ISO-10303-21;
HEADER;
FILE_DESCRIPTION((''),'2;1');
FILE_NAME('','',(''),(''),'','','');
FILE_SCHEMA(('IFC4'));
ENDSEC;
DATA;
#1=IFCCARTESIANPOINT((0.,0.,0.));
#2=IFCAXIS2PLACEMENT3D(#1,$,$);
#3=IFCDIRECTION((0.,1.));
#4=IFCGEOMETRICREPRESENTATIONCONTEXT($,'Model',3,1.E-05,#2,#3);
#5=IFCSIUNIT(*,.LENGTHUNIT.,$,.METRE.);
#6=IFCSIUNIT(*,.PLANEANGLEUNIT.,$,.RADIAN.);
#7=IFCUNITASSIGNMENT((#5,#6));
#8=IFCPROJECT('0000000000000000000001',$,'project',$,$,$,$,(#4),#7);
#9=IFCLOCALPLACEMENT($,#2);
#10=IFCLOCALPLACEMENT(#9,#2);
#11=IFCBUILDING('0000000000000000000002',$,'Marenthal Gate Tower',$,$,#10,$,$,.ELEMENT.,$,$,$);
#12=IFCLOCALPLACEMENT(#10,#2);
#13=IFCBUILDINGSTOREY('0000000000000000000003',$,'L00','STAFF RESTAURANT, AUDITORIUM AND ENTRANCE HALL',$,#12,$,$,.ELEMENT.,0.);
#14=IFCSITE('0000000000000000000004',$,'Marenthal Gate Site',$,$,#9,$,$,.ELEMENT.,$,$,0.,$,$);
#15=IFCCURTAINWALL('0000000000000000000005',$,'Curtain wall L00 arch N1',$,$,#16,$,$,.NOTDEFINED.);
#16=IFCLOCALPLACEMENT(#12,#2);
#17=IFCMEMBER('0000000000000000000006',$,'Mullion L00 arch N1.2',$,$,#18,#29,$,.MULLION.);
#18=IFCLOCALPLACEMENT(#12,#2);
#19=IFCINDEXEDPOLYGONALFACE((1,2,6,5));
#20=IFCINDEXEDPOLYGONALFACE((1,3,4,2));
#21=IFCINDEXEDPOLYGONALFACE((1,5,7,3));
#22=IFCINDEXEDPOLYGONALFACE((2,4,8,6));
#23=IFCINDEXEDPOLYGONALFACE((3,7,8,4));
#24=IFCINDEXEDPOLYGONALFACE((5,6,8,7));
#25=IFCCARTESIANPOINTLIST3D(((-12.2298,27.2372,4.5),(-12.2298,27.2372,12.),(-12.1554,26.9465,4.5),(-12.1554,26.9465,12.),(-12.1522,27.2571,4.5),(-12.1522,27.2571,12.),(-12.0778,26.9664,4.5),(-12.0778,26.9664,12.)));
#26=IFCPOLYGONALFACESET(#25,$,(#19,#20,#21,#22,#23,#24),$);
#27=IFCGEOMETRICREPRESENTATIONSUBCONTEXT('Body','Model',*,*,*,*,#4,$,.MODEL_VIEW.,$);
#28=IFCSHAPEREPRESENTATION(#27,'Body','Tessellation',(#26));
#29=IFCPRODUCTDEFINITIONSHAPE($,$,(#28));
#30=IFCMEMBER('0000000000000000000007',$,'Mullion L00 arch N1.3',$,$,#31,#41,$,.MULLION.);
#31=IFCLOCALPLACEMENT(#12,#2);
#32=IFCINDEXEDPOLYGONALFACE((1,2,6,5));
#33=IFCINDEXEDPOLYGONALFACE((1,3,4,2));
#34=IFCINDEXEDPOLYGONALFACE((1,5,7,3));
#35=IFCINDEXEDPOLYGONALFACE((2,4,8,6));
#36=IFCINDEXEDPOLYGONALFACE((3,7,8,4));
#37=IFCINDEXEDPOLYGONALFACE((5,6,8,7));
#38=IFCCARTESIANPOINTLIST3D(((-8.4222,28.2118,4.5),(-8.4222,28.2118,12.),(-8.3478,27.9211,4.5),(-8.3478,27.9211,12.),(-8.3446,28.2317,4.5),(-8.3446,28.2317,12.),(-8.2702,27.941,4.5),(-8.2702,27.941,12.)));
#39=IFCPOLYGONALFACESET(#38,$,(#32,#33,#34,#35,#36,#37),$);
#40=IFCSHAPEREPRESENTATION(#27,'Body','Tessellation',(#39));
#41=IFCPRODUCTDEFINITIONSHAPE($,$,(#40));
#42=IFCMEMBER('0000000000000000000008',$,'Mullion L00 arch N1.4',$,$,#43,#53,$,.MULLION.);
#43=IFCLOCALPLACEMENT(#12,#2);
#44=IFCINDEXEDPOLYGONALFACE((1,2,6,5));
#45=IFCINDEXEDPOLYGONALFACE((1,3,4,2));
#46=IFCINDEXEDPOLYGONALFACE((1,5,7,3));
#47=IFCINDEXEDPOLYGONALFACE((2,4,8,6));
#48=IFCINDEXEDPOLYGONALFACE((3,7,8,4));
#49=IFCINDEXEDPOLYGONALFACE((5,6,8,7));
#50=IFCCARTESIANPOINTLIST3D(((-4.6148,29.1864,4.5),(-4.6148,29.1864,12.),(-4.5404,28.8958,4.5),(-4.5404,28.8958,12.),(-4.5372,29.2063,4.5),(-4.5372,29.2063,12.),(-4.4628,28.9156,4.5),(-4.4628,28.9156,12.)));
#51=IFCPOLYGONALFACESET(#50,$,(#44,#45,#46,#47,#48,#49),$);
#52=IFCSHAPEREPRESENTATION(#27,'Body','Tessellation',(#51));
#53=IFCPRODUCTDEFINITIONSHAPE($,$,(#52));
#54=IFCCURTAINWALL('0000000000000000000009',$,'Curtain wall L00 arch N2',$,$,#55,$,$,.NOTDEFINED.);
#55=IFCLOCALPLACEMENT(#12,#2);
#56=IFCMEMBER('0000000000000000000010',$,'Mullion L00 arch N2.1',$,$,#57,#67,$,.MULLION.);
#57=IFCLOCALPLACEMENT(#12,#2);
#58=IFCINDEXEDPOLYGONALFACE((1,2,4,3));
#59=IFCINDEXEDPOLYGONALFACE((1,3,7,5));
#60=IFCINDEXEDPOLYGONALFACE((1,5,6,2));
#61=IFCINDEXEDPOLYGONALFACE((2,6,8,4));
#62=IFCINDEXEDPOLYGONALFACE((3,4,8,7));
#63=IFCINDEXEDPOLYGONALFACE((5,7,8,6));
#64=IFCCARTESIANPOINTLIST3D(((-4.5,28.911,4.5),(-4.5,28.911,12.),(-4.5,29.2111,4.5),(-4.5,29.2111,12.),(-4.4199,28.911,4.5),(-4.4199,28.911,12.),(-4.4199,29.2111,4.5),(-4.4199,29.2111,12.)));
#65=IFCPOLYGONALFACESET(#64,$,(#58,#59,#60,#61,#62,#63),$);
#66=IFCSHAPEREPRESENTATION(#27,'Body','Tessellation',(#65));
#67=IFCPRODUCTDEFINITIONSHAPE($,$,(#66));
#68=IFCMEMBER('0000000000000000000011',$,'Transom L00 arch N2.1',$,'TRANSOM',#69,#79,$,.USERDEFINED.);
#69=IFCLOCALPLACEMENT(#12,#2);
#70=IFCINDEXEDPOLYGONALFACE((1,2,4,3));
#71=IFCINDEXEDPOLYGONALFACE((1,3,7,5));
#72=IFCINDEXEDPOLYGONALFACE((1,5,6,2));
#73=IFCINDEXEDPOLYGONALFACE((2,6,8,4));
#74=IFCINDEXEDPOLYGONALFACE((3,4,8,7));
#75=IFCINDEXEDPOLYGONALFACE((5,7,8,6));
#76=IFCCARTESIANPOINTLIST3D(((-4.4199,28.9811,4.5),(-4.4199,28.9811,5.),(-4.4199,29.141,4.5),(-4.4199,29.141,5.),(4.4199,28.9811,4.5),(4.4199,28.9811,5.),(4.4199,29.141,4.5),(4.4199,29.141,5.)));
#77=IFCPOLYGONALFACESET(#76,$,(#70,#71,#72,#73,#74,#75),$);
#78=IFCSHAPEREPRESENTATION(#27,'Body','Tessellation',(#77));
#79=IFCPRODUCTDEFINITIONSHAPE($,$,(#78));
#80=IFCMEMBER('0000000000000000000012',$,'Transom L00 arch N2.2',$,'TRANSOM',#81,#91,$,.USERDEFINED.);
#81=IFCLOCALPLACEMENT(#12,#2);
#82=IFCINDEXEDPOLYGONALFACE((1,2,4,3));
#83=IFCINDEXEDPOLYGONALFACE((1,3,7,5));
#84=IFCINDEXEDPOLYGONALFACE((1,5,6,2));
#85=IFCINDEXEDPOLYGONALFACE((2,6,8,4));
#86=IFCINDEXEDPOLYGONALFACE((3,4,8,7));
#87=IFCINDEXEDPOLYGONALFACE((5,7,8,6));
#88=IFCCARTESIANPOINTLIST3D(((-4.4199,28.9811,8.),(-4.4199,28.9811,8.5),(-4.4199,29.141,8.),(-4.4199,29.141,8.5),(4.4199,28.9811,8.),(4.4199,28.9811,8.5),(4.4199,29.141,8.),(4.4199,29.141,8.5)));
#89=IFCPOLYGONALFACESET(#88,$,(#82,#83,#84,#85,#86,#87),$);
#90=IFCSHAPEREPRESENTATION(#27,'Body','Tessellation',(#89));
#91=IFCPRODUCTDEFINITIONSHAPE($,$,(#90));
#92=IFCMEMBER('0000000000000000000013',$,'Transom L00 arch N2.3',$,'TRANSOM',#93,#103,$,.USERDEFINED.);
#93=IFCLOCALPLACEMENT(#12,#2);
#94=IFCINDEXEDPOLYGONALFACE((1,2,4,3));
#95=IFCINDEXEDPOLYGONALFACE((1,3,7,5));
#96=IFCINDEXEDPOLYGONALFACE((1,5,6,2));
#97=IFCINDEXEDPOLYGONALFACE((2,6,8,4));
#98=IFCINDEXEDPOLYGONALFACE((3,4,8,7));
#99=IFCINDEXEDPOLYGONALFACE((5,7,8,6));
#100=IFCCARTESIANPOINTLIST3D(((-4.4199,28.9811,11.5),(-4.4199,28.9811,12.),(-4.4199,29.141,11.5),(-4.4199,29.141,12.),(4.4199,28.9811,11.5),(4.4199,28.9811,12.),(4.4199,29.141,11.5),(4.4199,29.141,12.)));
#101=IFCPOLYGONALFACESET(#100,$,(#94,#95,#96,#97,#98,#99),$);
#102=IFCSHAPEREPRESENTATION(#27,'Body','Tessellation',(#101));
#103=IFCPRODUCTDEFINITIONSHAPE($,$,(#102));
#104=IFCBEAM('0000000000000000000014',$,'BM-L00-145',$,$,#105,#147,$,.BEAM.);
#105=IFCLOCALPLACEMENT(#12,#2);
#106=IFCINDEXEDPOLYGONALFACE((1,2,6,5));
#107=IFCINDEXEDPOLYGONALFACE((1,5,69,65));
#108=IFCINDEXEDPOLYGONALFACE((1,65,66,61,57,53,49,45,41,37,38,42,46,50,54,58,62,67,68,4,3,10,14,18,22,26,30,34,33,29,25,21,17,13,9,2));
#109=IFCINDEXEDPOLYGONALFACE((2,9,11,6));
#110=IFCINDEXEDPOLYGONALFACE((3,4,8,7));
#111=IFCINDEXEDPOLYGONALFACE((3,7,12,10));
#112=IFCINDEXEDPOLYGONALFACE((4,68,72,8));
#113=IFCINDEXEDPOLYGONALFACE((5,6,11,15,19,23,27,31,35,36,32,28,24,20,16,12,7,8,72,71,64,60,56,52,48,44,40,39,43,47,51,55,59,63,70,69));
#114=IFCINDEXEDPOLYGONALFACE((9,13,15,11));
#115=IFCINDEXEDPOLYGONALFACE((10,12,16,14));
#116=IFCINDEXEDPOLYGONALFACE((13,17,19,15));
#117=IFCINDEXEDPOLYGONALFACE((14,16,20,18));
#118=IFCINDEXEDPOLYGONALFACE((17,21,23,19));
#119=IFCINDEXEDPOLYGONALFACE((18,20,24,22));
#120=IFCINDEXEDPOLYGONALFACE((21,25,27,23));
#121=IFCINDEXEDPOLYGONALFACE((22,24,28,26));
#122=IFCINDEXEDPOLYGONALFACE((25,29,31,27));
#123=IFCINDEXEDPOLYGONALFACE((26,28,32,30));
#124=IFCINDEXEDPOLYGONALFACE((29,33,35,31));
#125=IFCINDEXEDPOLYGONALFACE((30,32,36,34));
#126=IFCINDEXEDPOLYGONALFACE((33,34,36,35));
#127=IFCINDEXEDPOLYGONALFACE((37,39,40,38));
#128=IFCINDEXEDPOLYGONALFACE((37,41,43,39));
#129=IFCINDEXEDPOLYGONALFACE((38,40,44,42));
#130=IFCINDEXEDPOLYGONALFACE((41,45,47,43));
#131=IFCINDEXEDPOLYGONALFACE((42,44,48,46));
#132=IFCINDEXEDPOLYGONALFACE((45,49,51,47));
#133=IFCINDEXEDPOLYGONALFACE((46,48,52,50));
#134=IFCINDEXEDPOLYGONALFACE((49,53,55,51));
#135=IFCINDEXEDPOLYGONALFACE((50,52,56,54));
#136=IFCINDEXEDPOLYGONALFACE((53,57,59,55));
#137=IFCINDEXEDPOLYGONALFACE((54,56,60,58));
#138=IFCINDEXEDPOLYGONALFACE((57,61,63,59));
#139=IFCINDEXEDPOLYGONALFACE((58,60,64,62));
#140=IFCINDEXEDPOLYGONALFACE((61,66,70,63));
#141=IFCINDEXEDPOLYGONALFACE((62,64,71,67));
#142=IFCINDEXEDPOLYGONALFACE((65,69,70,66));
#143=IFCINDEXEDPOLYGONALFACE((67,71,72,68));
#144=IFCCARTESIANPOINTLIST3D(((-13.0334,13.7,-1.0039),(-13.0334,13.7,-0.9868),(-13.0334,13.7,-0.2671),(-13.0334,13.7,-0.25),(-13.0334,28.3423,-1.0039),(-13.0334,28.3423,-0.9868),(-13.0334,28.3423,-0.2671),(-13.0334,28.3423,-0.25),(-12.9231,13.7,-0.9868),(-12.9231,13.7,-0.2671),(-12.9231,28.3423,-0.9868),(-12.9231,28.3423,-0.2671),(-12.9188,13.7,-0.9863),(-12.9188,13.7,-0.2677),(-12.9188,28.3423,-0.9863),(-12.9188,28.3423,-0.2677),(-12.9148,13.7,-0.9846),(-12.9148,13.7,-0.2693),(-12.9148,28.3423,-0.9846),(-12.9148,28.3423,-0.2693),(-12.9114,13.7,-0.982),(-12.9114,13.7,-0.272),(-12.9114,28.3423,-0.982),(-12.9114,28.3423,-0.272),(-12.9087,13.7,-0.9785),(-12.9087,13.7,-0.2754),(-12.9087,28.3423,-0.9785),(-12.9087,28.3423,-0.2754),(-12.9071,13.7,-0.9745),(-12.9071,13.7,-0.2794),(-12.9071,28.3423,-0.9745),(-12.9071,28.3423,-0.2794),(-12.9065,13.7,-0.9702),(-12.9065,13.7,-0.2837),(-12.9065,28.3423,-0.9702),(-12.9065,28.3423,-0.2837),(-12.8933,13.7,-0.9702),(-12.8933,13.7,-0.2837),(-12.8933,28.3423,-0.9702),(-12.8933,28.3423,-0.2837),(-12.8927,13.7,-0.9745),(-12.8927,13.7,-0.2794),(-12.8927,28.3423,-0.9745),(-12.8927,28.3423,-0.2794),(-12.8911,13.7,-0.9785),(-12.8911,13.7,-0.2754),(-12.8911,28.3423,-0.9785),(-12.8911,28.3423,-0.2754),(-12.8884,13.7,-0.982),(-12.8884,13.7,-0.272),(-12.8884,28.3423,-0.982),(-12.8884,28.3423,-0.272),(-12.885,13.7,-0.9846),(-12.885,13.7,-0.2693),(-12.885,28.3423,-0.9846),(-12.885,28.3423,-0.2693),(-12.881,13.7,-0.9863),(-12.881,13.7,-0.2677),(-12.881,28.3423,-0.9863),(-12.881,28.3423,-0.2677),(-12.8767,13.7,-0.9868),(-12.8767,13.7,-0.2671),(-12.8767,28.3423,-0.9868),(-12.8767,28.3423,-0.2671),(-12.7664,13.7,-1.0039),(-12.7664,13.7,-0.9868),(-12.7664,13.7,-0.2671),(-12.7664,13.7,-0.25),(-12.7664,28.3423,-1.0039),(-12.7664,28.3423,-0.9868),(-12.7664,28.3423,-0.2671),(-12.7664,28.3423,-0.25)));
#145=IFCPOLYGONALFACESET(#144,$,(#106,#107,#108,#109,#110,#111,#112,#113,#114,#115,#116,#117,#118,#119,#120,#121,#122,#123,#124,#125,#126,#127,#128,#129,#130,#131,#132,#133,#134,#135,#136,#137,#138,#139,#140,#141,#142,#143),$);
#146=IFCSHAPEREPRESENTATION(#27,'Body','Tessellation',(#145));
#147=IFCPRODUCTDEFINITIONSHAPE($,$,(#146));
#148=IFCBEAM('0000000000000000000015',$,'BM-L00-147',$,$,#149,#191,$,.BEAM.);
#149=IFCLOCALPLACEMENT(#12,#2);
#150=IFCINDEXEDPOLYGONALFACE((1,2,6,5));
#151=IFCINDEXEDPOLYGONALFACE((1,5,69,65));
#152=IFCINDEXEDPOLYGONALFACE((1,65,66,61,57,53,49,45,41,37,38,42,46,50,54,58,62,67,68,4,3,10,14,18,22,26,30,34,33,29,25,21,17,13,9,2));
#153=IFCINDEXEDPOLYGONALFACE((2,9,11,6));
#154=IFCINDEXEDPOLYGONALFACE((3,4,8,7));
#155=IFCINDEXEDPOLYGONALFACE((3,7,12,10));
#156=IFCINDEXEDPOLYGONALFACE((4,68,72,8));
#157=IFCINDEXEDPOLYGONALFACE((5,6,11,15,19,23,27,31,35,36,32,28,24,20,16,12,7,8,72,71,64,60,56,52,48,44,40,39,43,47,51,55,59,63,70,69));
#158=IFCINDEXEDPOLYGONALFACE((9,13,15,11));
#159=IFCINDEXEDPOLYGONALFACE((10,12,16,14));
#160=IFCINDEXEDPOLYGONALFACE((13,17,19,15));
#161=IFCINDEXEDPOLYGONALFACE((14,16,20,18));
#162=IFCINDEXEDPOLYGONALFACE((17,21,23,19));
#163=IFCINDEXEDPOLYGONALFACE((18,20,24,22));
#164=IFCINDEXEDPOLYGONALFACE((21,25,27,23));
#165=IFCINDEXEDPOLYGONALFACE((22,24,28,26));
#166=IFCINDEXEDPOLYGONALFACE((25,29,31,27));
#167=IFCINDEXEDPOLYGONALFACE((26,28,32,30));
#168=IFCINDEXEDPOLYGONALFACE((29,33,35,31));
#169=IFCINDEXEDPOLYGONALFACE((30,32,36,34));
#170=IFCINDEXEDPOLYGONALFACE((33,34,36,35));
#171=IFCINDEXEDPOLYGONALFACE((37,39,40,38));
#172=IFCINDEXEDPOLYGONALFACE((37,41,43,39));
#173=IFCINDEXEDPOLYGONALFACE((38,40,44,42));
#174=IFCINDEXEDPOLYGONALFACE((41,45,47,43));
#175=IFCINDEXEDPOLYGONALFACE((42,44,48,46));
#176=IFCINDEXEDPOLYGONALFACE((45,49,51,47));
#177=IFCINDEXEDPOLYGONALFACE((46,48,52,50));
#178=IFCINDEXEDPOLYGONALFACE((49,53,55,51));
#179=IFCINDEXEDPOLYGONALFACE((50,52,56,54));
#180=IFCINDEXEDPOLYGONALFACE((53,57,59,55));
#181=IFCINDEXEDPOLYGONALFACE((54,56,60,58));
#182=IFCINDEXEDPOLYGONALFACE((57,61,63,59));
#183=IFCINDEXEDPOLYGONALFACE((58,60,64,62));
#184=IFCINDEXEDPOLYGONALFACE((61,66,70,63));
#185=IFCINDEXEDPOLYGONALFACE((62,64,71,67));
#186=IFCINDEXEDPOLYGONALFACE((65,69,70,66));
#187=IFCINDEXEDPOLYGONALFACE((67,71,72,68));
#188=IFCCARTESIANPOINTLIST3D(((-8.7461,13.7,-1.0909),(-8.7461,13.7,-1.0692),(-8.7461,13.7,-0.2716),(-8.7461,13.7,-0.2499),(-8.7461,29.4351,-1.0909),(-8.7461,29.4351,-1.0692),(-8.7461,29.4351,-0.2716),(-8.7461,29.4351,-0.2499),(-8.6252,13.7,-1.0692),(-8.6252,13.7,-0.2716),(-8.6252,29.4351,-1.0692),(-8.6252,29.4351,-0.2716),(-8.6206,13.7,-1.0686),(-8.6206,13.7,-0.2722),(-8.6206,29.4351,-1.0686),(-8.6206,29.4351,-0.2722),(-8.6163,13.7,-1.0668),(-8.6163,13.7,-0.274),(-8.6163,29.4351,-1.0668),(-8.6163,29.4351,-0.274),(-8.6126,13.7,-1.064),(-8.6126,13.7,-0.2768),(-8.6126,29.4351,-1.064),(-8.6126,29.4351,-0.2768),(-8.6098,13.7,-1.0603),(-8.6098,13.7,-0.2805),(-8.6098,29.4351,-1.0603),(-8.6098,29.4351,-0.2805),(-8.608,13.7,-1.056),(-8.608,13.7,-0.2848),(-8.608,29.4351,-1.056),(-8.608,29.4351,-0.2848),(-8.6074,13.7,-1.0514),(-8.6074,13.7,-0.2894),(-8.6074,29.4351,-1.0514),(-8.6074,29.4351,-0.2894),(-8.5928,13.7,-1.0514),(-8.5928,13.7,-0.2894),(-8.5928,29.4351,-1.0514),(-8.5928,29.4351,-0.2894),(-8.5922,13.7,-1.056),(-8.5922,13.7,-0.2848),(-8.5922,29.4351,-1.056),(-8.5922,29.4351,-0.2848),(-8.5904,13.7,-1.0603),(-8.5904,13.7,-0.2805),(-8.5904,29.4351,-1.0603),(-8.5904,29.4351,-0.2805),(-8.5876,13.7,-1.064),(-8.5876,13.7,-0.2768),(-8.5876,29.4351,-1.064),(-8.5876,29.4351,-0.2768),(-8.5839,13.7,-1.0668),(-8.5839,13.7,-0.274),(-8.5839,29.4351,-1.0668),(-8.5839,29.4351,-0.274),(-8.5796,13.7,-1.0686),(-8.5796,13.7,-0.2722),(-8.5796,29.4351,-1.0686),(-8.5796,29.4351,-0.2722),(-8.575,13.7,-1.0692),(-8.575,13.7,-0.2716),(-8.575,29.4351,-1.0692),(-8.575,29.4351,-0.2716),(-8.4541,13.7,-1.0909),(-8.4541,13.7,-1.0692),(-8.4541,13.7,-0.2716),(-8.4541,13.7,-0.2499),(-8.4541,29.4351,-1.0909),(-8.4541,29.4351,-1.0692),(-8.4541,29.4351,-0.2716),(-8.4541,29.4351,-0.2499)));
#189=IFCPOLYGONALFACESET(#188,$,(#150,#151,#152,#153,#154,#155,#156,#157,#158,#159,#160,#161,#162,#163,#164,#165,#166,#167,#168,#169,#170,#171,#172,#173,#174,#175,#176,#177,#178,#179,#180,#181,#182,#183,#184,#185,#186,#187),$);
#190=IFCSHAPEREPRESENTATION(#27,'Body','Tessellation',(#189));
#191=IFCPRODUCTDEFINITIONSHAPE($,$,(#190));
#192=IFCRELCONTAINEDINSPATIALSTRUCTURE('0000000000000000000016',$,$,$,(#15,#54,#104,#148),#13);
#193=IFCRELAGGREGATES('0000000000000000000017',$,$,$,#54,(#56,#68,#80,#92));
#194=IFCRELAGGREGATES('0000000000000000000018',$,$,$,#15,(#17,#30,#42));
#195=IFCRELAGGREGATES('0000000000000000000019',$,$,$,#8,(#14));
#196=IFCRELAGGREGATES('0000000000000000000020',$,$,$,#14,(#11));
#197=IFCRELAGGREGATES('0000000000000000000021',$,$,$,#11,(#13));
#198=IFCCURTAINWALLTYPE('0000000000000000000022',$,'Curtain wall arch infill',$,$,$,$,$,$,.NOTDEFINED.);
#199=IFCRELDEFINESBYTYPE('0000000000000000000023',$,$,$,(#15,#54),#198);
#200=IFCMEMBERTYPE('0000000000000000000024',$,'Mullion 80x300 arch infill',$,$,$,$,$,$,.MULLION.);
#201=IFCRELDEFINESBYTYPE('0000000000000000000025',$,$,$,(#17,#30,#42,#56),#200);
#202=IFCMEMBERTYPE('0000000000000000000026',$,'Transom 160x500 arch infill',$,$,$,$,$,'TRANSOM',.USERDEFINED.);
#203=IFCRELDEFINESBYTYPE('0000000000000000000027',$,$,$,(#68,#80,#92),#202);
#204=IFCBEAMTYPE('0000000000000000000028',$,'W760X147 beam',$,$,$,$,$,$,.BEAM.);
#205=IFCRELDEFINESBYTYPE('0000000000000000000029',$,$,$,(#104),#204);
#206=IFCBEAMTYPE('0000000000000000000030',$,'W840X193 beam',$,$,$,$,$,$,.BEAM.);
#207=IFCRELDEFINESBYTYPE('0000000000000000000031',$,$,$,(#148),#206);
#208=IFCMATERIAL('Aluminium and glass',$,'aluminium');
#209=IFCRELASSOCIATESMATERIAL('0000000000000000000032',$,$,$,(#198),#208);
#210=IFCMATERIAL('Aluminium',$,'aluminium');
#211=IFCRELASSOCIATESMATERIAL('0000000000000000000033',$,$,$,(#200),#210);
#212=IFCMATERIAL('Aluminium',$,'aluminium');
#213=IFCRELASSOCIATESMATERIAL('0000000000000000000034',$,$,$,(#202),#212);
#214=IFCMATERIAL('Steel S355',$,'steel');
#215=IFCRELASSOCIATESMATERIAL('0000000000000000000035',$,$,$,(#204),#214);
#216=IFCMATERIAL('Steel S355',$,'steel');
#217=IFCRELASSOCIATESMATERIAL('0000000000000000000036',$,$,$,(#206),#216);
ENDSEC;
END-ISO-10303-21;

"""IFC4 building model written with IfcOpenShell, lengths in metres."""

from ifc_helpers import new_model, si_unit, direction, frame, origin, origin_2d, place, context, subcontext, project, spatial, rectangle, i_section, extrude, material, material_profile, profile_set, type_object, element, aggregate, save


model = new_model("IFC4")

# Units and contexts
model_context = context("Model", 3, precision=1e-05, world=origin(), true_north=direction((0.0, 1.0)))
body_context = subcontext(model_context, "Body", "Model", "MODEL_VIEW")
ifc_project = project(units=[si_unit("LENGTHUNIT", "METRE"), si_unit("PLANEANGLEUNIT", "RADIAN")], contexts=[model_context])

# Site, building, storey
site_placement = place(None, origin())
site = spatial("IfcSite", under=ifc_project, at=site_placement, Name="Marenthal Gate Site", CompositionType="ELEMENT", RefElevation=0.0)
building_placement = place(site_placement, origin())
building = spatial("IfcBuilding", under=site, at=building_placement, Name="Marenthal Gate Tower", CompositionType="ELEMENT")
storey_placement = place(building_placement, origin())
storey = spatial("IfcBuildingStorey", under=building, at=storey_placement, Name="L00", Description="STAFF RESTAURANT, AUDITORIUM AND ENTRANCE HALL", CompositionType="ELEMENT", Elevation=0.0)

# Curtain walls, members
ifc_material_1 = material(Name="Aluminium and glass", Category="aluminium")
curtain_wall_type = type_object("IfcCurtainWallType", Name="Curtain wall arch infill", PredefinedType="NOTDEFINED", material=ifc_material_1)
curtain_wall_1_placement = place(storey_placement, origin())
curtain_wall_1 = element("IfcCurtainWall", 1, at=curtain_wall_1_placement, inside=storey, type_object=curtain_wall_type, Name="Curtain wall L00 arch N1", PredefinedType="NOTDEFINED")
ifc_material_2 = material(Name="Aluminium", Category="aluminium")
ifc_material_profile_1 = material_profile(ifc_material_2, rectangle(XDim=0.3, YDim=0.0801, at=origin_2d()), Name="80x300 aluminium mullion")
ifc_profile_set_1 = profile_set([ifc_material_profile_1], Name="Aluminium")
member_type_1 = type_object("IfcMemberType", Name="Mullion 80x300 arch infill", PredefinedType="MULLION", material=ifc_profile_set_1)
member_1_placement = place(storey_placement, frame((-12.1538, 27.1018, 4.5), z_axis=(0.0, 0.0, 1.0), x_axis=(-0.247965, 0.968769, 0.0)))
member_1 = element("IfcMember", 2, at=member_1_placement, type_object=member_type_1, Name="Mullion L00 arch N1.2", PredefinedType="MULLION", context=body_context, shape_type="SweptSolid", body=[
    extrude(rectangle(XDim=0.3, YDim=0.0801, at=origin_2d()), origin(), (0.0, 0.0, 1.0), 7.5),
])
member_2_placement = place(storey_placement, frame((-8.3462, 28.0764, 4.5), z_axis=(0.0, 0.0, 1.0), x_axis=(-0.247965, 0.968769, 0.0)))
member_2 = element("IfcMember", 3, at=member_2_placement, type_object=member_type_1, Name="Mullion L00 arch N1.3", PredefinedType="MULLION", context=body_context, shape_type="SweptSolid", body=[
    extrude(rectangle(XDim=0.3, YDim=0.0801, at=origin_2d()), origin(), (0.0, 0.0, 1.0), 7.5),
])
member_3_placement = place(storey_placement, frame((-4.5388, 29.051, 4.5), z_axis=(0.0, 0.0, 1.0), x_axis=(-0.247965, 0.968769, 0.0)))
member_3 = element("IfcMember", 4, at=member_3_placement, type_object=member_type_1, Name="Mullion L00 arch N1.4", PredefinedType="MULLION", context=body_context, shape_type="SweptSolid", body=[
    extrude(rectangle(XDim=0.3, YDim=0.0801, at=origin_2d()), origin(), (0.0, 0.0, 1.0), 7.5),
])
curtain_wall_2_placement = place(storey_placement, origin())
curtain_wall_2 = element("IfcCurtainWall", 5, at=curtain_wall_2_placement, inside=storey, type_object=curtain_wall_type, Name="Curtain wall L00 arch N2", PredefinedType="NOTDEFINED")
member_4_placement = place(storey_placement, frame((-4.46, 29.061, 4.5), z_axis=(0.0, 0.0, 1.0), x_axis=(0.0, 1.0, 0.0)))
member_4 = element("IfcMember", 6, at=member_4_placement, type_object=member_type_1, Name="Mullion L00 arch N2.1", PredefinedType="MULLION", context=body_context, shape_type="SweptSolid", body=[
    extrude(rectangle(XDim=0.3, YDim=0.0801, at=origin_2d()), origin(), (0.0, 0.0, 1.0), 7.5),
])
ifc_material_3 = material(Name="Aluminium", Category="aluminium")
ifc_material_profile_2 = material_profile(ifc_material_3, rectangle(XDim=0.1599, YDim=0.5, at=origin_2d()), Name="160x500 aluminium transom")
ifc_profile_set_2 = profile_set([ifc_material_profile_2], Name="Aluminium")
member_type_2 = type_object("IfcMemberType", Name="Transom 160x500 arch infill", ElementType="TRANSOM", PredefinedType="USERDEFINED", material=ifc_profile_set_2)
member_5_placement = place(storey_placement, frame((-4.4199, 29.061, 4.75), z_axis=(1.0, 0.0, 0.0), x_axis=(0.0, 1.0, 0.0)))
member_5 = element("IfcMember", 7, at=member_5_placement, type_object=member_type_2, Name="Transom L00 arch N2.1", ObjectType="TRANSOM", PredefinedType="USERDEFINED", context=body_context, shape_type="SweptSolid", body=[
    extrude(rectangle(XDim=0.1599, YDim=0.5, at=origin_2d()), origin(), (0.0, 0.0, 1.0), 8.8398),
])
member_6_placement = place(storey_placement, frame((-4.4199, 29.061, 8.25), z_axis=(1.0, 0.0, 0.0), x_axis=(0.0, 1.0, 0.0)))
member_6 = element("IfcMember", 8, at=member_6_placement, type_object=member_type_2, Name="Transom L00 arch N2.2", ObjectType="TRANSOM", PredefinedType="USERDEFINED", context=body_context, shape_type="SweptSolid", body=[
    extrude(rectangle(XDim=0.1599, YDim=0.5, at=origin_2d()), origin(), (0.0, 0.0, 1.0), 8.8398),
])
member_7_placement = place(storey_placement, frame((-4.4199, 29.061, 11.75), z_axis=(1.0, 0.0, 0.0), x_axis=(0.0, 1.0, 0.0)))
member_7 = element("IfcMember", 9, at=member_7_placement, type_object=member_type_2, Name="Transom L00 arch N2.3", ObjectType="TRANSOM", PredefinedType="USERDEFINED", context=body_context, shape_type="SweptSolid", body=[
    extrude(rectangle(XDim=0.1599, YDim=0.5, at=origin_2d()), origin(), (0.0, 0.0, 1.0), 8.8398),
])
aggregate(curtain_wall_2, [member_4, member_5, member_6, member_7])

# Beams
ifc_material_4 = material(Name="Steel S355", Category="steel")
ifc_material_profile_3 = material_profile(ifc_material_4, i_section(OverallWidth=0.2671, OverallDepth=0.7539, WebThickness=0.0132, FlangeThickness=0.0171, FilletRadius=0.0166, at=origin_2d()), Name="W760X147")
ifc_profile_set_3 = profile_set([ifc_material_profile_3], Name="Steel S355")
beam_type_1 = type_object("IfcBeamType", Name="W760X147 beam", PredefinedType="BEAM", material=ifc_profile_set_3)
beam_1_placement = place(storey_placement, frame((-12.8999, 13.7, -0.627), z_axis=(0.0, 1.0, 0.0), x_axis=(-1.0, 0.0, 0.0)))
element("IfcBeam", 10, at=beam_1_placement, inside=storey, type_object=beam_type_1, Name="BM-L00-145", PredefinedType="BEAM", context=body_context, shape_type="SweptSolid", body=[
    extrude(i_section(OverallWidth=0.2671, OverallDepth=0.7539, WebThickness=0.0132, FlangeThickness=0.0171, FilletRadius=0.0166, at=origin_2d()), origin(), (0.0, 0.0, 1.0), 14.6423),
])
ifc_material_5 = material(Name="Steel S355", Category="steel")
ifc_material_profile_4 = material_profile(ifc_material_5, i_section(OverallWidth=0.292, OverallDepth=0.8411, WebThickness=0.0146, FlangeThickness=0.0217, FilletRadius=0.0178, at=origin_2d()), Name="W840X193")
ifc_profile_set_4 = profile_set([ifc_material_profile_4], Name="Steel S355")
beam_type_2 = type_object("IfcBeamType", Name="W840X193 beam", PredefinedType="BEAM", material=ifc_profile_set_4)
beam_2_placement = place(storey_placement, frame((-8.6001, 13.7, -0.6704), z_axis=(0.0, 1.0, 0.0), x_axis=(-1.0, 0.0, 0.0)))
element("IfcBeam", 11, at=beam_2_placement, inside=storey, type_object=beam_type_2, Name="BM-L00-147", PredefinedType="BEAM", context=body_context, shape_type="SweptSolid", body=[
    extrude(i_section(OverallWidth=0.292, OverallDepth=0.8411, WebThickness=0.0146, FlangeThickness=0.0217, FilletRadius=0.0178, at=origin_2d()), origin(), (0.0, 0.0, 1.0), 15.7351),
])

aggregate(curtain_wall_1, [member_1, member_2, member_3])

save(model, "model.ifc")
